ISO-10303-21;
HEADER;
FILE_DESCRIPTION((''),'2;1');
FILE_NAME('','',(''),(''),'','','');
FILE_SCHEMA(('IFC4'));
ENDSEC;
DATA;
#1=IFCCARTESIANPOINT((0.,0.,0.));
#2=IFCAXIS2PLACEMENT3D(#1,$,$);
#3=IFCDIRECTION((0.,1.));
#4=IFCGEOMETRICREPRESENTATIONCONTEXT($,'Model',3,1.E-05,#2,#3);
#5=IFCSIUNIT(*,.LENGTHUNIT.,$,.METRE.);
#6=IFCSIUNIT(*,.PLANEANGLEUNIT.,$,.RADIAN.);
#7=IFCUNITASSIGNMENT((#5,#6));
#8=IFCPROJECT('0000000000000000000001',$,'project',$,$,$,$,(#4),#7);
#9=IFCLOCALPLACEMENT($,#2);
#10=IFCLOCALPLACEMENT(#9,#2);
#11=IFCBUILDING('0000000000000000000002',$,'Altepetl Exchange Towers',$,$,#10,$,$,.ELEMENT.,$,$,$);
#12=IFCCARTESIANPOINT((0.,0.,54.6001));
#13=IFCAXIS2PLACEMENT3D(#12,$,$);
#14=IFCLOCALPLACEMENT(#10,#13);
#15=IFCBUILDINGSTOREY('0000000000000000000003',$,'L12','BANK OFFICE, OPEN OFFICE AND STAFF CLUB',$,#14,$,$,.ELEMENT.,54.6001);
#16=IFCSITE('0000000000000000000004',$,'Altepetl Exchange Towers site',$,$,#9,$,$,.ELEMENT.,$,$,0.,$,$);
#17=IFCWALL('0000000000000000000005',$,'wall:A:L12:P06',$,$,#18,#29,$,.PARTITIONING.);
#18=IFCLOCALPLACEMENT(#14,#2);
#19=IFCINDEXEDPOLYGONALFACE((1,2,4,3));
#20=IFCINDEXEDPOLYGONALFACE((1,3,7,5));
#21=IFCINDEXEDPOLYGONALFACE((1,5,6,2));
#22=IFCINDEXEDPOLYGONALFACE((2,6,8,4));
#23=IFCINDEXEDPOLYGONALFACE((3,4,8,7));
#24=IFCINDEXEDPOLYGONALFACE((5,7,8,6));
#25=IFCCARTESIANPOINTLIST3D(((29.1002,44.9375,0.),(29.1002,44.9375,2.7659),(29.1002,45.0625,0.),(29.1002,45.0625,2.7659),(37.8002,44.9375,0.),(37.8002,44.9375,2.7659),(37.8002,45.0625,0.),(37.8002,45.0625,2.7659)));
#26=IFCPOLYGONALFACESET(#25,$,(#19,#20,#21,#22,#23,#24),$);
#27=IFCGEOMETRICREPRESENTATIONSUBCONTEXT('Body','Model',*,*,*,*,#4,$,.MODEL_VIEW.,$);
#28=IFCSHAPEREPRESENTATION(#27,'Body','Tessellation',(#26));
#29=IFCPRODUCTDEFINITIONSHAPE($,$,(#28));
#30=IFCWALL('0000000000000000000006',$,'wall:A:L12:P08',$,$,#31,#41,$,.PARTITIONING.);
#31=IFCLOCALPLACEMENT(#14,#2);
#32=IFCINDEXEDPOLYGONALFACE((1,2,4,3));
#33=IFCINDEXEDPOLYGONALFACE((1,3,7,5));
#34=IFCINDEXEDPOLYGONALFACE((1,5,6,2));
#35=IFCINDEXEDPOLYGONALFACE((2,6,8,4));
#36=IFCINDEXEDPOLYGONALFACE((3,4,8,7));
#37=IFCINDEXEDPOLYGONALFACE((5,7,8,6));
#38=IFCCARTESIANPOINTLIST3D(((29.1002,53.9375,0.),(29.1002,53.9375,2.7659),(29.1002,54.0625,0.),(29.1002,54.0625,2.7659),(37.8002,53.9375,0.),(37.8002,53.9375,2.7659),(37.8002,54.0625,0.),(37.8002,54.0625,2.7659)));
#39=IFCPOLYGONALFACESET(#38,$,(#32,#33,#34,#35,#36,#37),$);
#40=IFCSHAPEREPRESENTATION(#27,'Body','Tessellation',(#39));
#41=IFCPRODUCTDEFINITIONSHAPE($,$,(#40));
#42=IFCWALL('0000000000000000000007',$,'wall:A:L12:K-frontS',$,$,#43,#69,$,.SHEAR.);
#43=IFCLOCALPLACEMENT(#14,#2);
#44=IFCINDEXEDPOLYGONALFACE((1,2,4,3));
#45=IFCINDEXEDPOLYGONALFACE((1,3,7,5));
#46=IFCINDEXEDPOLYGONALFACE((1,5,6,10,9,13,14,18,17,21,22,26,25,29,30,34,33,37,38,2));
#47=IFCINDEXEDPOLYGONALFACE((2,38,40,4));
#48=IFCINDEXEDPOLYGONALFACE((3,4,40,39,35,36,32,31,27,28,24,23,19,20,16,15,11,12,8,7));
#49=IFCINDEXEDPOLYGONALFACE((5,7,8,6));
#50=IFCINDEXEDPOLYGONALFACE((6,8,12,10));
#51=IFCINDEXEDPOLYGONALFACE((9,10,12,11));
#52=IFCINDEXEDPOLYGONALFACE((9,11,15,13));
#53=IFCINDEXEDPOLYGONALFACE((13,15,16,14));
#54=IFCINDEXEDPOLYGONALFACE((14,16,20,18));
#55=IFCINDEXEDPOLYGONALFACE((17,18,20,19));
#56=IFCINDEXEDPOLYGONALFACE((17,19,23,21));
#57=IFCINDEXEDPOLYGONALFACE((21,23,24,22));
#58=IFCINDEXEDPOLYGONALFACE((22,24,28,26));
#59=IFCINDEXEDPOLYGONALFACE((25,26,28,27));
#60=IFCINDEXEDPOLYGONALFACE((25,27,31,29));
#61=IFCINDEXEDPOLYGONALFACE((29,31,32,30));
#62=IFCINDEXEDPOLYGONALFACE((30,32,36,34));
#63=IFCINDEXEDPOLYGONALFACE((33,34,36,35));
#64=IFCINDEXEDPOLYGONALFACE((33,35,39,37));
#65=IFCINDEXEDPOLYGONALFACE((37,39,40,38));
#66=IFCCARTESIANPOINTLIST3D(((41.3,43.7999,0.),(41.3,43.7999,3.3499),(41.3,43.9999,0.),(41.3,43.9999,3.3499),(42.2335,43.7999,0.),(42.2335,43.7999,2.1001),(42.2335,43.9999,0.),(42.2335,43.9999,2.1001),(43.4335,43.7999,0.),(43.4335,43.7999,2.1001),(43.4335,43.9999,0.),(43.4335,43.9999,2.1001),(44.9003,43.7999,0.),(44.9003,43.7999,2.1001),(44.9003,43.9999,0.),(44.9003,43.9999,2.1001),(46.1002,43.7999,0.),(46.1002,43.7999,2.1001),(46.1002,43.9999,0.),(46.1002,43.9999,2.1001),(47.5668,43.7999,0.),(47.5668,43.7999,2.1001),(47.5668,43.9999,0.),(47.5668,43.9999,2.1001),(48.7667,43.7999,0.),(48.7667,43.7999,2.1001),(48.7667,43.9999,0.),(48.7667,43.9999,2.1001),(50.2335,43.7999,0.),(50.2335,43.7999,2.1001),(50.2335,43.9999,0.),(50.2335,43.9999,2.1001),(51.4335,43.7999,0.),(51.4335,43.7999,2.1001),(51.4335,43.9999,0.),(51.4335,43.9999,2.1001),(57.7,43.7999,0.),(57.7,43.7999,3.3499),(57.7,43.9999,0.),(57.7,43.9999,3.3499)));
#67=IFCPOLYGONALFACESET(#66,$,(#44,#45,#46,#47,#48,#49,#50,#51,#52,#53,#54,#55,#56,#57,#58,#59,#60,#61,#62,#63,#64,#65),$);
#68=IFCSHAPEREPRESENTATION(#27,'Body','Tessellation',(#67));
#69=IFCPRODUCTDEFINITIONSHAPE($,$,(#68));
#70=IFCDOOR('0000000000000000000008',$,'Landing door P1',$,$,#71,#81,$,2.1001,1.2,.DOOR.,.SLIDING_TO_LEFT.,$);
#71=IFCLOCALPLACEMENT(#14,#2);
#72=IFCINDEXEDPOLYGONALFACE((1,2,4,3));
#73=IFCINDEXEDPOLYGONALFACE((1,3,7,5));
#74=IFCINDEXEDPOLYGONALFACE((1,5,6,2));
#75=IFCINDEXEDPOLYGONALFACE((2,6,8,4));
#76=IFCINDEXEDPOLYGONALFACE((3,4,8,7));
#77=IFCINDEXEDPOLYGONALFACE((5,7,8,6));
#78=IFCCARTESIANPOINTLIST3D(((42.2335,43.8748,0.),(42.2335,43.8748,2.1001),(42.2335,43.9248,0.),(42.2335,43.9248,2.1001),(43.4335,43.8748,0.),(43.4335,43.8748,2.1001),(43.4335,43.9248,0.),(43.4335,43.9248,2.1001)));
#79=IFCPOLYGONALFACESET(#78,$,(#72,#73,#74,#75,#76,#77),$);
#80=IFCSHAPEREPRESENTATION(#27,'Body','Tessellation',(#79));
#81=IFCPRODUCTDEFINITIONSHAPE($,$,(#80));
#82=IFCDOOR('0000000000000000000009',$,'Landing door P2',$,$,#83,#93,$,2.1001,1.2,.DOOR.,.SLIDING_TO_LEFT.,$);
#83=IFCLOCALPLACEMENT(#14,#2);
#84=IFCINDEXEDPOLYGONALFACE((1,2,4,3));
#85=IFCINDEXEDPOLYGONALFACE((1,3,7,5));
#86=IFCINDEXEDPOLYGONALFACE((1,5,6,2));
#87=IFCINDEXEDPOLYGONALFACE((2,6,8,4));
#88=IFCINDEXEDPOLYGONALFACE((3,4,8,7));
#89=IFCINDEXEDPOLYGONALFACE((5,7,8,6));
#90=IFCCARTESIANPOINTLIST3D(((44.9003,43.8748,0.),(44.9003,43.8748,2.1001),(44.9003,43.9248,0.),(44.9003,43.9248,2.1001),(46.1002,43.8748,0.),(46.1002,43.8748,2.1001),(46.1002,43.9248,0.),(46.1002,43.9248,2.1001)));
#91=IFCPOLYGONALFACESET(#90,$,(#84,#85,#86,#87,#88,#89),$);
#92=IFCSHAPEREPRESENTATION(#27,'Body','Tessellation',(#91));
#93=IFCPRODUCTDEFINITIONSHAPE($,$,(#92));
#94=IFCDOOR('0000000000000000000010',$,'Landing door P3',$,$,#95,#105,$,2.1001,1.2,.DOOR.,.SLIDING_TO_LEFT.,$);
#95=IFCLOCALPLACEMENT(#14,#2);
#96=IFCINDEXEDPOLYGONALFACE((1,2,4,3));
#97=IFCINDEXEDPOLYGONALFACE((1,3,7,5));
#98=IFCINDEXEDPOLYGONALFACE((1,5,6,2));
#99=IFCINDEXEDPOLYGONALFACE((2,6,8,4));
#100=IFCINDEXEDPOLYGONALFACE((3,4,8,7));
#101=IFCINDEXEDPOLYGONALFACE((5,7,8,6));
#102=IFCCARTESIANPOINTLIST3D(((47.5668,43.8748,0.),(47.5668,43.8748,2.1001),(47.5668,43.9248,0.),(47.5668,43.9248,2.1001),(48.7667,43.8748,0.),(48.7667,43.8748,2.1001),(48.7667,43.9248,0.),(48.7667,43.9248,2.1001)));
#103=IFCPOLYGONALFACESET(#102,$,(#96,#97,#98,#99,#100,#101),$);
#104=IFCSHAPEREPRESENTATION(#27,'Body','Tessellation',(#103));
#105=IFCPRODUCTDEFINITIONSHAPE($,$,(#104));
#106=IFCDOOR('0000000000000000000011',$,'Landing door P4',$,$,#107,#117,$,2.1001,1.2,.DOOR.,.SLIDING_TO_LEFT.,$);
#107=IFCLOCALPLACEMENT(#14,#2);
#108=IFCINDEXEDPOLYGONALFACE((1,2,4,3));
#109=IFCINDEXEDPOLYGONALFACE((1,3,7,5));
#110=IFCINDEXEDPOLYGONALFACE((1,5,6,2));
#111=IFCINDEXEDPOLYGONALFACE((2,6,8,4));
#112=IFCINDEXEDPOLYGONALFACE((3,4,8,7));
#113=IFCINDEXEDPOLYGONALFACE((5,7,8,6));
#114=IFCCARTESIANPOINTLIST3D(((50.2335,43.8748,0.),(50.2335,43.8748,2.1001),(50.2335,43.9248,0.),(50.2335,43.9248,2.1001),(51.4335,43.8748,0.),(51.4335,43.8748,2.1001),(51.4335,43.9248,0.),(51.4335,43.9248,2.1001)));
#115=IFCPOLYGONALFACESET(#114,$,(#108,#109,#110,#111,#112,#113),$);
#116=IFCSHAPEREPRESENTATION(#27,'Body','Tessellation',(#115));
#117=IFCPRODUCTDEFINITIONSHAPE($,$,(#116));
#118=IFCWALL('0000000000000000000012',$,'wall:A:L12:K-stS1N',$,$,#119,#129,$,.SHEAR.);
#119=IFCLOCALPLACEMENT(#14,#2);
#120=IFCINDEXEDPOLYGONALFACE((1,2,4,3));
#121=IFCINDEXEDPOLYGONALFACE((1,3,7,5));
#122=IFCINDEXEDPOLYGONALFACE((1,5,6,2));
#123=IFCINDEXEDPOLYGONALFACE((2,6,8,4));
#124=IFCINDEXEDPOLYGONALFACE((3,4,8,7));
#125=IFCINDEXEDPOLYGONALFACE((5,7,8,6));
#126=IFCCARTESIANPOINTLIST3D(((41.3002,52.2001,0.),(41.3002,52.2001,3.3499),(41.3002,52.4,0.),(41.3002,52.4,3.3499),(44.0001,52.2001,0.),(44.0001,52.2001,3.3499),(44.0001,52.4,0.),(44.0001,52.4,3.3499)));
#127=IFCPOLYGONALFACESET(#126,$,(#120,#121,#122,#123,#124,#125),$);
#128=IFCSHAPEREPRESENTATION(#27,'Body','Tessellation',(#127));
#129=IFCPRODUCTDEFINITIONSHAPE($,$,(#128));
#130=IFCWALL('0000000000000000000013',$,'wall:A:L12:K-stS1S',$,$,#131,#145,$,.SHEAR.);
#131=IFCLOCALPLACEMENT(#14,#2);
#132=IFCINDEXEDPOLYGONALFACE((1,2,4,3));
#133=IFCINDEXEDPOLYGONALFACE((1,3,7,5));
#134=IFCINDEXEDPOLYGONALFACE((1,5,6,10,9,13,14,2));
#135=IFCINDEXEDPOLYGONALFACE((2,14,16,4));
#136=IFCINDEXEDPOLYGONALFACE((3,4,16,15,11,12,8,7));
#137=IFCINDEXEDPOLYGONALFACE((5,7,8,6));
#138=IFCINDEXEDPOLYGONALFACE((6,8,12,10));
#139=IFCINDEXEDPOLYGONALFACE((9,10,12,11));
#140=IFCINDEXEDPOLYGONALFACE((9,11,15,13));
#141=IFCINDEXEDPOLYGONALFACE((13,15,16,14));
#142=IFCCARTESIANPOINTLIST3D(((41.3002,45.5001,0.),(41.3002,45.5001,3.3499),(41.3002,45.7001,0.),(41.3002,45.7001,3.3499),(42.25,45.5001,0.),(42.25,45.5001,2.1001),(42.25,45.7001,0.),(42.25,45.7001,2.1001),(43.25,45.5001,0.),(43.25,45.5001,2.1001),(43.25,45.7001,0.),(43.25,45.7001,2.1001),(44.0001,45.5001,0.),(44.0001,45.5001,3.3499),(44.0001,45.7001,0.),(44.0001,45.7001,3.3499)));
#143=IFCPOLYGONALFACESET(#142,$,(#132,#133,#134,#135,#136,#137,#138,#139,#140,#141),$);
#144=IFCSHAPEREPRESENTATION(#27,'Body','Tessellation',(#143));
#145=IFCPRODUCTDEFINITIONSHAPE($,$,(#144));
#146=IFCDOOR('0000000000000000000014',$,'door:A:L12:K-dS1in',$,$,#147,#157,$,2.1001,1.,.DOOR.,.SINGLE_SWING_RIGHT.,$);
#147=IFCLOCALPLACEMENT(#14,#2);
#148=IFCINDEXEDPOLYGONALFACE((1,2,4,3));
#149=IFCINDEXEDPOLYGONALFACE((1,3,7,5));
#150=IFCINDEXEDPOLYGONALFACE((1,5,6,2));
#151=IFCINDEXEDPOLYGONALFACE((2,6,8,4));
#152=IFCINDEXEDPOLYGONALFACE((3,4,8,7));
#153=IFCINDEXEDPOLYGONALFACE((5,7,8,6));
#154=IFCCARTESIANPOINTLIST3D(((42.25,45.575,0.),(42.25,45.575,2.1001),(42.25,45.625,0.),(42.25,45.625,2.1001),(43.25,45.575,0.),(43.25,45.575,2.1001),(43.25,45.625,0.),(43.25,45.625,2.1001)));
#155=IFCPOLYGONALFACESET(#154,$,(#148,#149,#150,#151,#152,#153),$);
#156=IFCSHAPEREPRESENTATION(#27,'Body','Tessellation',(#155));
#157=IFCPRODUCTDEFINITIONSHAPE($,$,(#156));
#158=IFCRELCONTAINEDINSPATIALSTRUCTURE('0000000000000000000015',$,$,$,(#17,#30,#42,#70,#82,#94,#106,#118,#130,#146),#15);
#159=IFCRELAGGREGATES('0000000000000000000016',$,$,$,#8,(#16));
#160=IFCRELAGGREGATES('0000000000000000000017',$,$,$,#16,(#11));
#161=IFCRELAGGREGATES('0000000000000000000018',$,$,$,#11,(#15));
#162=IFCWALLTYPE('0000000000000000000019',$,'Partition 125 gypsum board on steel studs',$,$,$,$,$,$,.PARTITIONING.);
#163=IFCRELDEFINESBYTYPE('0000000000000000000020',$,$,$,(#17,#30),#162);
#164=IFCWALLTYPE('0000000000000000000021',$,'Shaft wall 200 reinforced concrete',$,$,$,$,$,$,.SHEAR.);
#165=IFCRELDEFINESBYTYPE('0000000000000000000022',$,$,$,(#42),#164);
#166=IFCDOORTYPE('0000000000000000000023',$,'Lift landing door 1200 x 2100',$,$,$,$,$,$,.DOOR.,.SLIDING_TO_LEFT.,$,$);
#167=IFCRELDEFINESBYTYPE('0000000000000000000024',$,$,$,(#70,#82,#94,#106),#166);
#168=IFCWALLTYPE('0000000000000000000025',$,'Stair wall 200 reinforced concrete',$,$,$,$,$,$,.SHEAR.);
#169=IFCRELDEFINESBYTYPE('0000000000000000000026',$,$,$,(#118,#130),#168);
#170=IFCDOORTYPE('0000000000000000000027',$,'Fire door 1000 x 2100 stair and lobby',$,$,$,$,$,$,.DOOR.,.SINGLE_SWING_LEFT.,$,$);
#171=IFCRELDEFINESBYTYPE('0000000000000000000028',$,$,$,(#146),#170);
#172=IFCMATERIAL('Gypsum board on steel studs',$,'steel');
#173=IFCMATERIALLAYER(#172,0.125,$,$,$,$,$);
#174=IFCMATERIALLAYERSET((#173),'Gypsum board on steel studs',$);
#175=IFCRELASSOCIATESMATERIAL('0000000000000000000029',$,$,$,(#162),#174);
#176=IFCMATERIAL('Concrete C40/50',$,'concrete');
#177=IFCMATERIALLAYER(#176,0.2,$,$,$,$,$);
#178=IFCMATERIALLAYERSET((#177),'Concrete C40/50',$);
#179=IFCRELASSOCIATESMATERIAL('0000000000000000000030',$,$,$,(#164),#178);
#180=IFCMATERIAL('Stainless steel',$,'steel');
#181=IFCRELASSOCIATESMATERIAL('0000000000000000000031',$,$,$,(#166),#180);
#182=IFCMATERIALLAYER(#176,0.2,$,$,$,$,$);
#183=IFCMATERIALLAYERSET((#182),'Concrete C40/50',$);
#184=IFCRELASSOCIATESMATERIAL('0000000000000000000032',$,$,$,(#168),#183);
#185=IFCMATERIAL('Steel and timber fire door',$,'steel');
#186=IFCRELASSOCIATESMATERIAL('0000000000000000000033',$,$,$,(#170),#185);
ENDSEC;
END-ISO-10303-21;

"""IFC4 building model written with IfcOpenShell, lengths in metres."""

from ifc_helpers import new_model, si_unit, direction, frame, frame_2d, origin, place, context, subcontext, project, spatial, rectangle, extrude, material, layer, layer_set, type_object, element, fill, save


model = new_model("IFC4")

# Units and contexts
model_context = context("Model", 3, precision=1e-05, world=origin(), true_north=direction((0.0, 1.0)))
body_context = subcontext(model_context, "Body", "Model", "MODEL_VIEW")
ifc_project = project(units=[si_unit("LENGTHUNIT", "METRE"), si_unit("PLANEANGLEUNIT", "RADIAN")], contexts=[model_context])

# Site, building, storey
site_placement = place(None, origin())
site = spatial("IfcSite", under=ifc_project, at=site_placement, Name="Altepetl Exchange Towers site", CompositionType="ELEMENT", RefElevation=0.0)
building_placement = place(site_placement, origin())
building = spatial("IfcBuilding", under=site, at=building_placement, Name="Altepetl Exchange Towers", CompositionType="ELEMENT")
storey_placement = place(building_placement, frame((0.0, 0.0, 54.6001)))
storey = spatial("IfcBuildingStorey", under=building, at=storey_placement, Name="L12", Description="BANK OFFICE, OPEN OFFICE AND STAFF CLUB", CompositionType="ELEMENT", Elevation=54.6001)

# Walls
ifc_material_1 = material(Name="Gypsum board on steel studs", Category="steel")
ifc_layer_1 = layer(ifc_material_1, 0.125)
ifc_layer_set_1 = layer_set([ifc_layer_1], Name="Gypsum board on steel studs")
wall_type_1 = type_object("IfcWallType", Name="Partition 125 gypsum board on steel studs", PredefinedType="PARTITIONING", material=ifc_layer_set_1)
for number, where, name in (
    (1, (29.1001, 45.0, 0.0), "wall:A:L12:P06"),
    (2, (29.1001, 54.0, 0.0), "wall:A:L12:P08"),
):
    element("IfcWall", number, at=place(storey_placement, frame(where)), inside=storey, type_object=wall_type_1, Name=name, PredefinedType="PARTITIONING", context=body_context, shape_type="SweptSolid", body=[
        extrude(rectangle(XDim=8.7, YDim=0.125, at=frame_2d((4.3501, 0.0))), origin(), (0.0, 0.0, 1.0), 2.7659),
    ])

# Wall, openings, doors
ifc_material_2 = material(Name="Concrete C40/50", Category="concrete")
ifc_layer_2 = layer(ifc_material_2, 0.2)
ifc_layer_set_2 = layer_set([ifc_layer_2], Name="Concrete C40/50")
wall_type_2 = type_object("IfcWallType", Name="Shaft wall 200 reinforced concrete", PredefinedType="SHEAR", material=ifc_layer_set_2)
wall_1_placement = place(storey_placement, frame((41.3, 43.8999, 0.0)))
wall_1 = element("IfcWall", 3, at=wall_1_placement, inside=storey, type_object=wall_type_2, Name="wall:A:L12:K-frontS", PredefinedType="SHEAR", context=body_context, shape_type="SweptSolid", body=[
    extrude(rectangle(XDim=16.3999, YDim=0.2, at=frame_2d((8.2, 0.0))), origin(), (0.0, 0.0, 1.0), 3.3499),
])
opening_1_placement = place(wall_1_placement, frame((0.9333, 0.0, 0.0)))
opening_1 = element("IfcOpeningElement", 4, at=opening_1_placement, cuts=wall_1, PredefinedType="OPENING", context=body_context, shape_type="SweptSolid", body=[
    extrude(rectangle(XDim=1.2, YDim=2.1001, at=frame_2d((0.6001, 1.05))), frame((0.0, 0.1099, 0.0), z_axis=(0.0, -1.0, 0.0), x_axis=(1.0, 0.0, 0.0)), (0.0, 0.0, 1.0), 0.22),
])
opening_2_placement = place(wall_1_placement, frame((3.6001, 0.0, 0.0)))
opening_2 = element("IfcOpeningElement", 5, at=opening_2_placement, cuts=wall_1, PredefinedType="OPENING", context=body_context, shape_type="SweptSolid", body=[
    extrude(rectangle(XDim=1.2, YDim=2.1001, at=frame_2d((0.6001, 1.05))), frame((0.0, 0.1099, 0.0), z_axis=(0.0, -1.0, 0.0), x_axis=(1.0, 0.0, 0.0)), (0.0, 0.0, 1.0), 0.22),
])
opening_3_placement = place(wall_1_placement, frame((6.2666, 0.0, 0.0)))
opening_3 = element("IfcOpeningElement", 6, at=opening_3_placement, cuts=wall_1, PredefinedType="OPENING", context=body_context, shape_type="SweptSolid", body=[
    extrude(rectangle(XDim=1.2, YDim=2.1001, at=frame_2d((0.6001, 1.05))), frame((0.0, 0.1099, 0.0), z_axis=(0.0, -1.0, 0.0), x_axis=(1.0, 0.0, 0.0)), (0.0, 0.0, 1.0), 0.22),
])
opening_4_placement = place(wall_1_placement, frame((8.9333, 0.0, 0.0)))
opening_4 = element("IfcOpeningElement", 7, at=opening_4_placement, cuts=wall_1, PredefinedType="OPENING", context=body_context, shape_type="SweptSolid", body=[
    extrude(rectangle(XDim=1.2, YDim=2.1001, at=frame_2d((0.6001, 1.05))), frame((0.0, 0.1099, 0.0), z_axis=(0.0, -1.0, 0.0), x_axis=(1.0, 0.0, 0.0)), (0.0, 0.0, 1.0), 0.22),
])
ifc_material_3 = material(Name="Stainless steel", Category="steel")
door_type_1 = type_object("IfcDoorType", Name="Lift landing door 1200 x 2100", OperationType="SLIDING_TO_LEFT", PredefinedType="DOOR", material=ifc_material_3)
door_1_placement = place(opening_1_placement, origin())
door_1 = element("IfcDoor", 8, at=door_1_placement, inside=storey, type_object=door_type_1, Name="Landing door P1", OperationType="SLIDING_TO_LEFT", OverallHeight=2.1001, OverallWidth=1.2, PredefinedType="DOOR", context=body_context, shape_type="SweptSolid", body=[
    extrude(rectangle(XDim=1.2, YDim=2.1001, at=frame_2d((0.6001, 1.05))), frame((0.0, 0.0249, 0.0), z_axis=(0.0, -1.0, 0.0), x_axis=(1.0, 0.0, 0.0)), (0.0, 0.0, 1.0), 0.05),
])
fill(opening_1, door_1)
door_2_placement = place(opening_2_placement, origin())
door_2 = element("IfcDoor", 9, at=door_2_placement, inside=storey, type_object=door_type_1, Name="Landing door P2", OperationType="SLIDING_TO_LEFT", OverallHeight=2.1001, OverallWidth=1.2, PredefinedType="DOOR", context=body_context, shape_type="SweptSolid", body=[
    extrude(rectangle(XDim=1.2, YDim=2.1001, at=frame_2d((0.6001, 1.05))), frame((0.0, 0.0249, 0.0), z_axis=(0.0, -1.0, 0.0), x_axis=(1.0, 0.0, 0.0)), (0.0, 0.0, 1.0), 0.05),
])
fill(opening_2, door_2)
door_3_placement = place(opening_3_placement, origin())
door_3 = element("IfcDoor", 10, at=door_3_placement, inside=storey, type_object=door_type_1, Name="Landing door P3", OperationType="SLIDING_TO_LEFT", OverallHeight=2.1001, OverallWidth=1.2, PredefinedType="DOOR", context=body_context, shape_type="SweptSolid", body=[
    extrude(rectangle(XDim=1.2, YDim=2.1001, at=frame_2d((0.6001, 1.05))), frame((0.0, 0.0249, 0.0), z_axis=(0.0, -1.0, 0.0), x_axis=(1.0, 0.0, 0.0)), (0.0, 0.0, 1.0), 0.05),
])
fill(opening_3, door_3)
door_4_placement = place(opening_4_placement, origin())
door_4 = element("IfcDoor", 11, at=door_4_placement, inside=storey, type_object=door_type_1, Name="Landing door P4", OperationType="SLIDING_TO_LEFT", OverallHeight=2.1001, OverallWidth=1.2, PredefinedType="DOOR", context=body_context, shape_type="SweptSolid", body=[
    extrude(rectangle(XDim=1.2, YDim=2.1001, at=frame_2d((0.6001, 1.05))), frame((0.0, 0.0249, 0.0), z_axis=(0.0, -1.0, 0.0), x_axis=(1.0, 0.0, 0.0)), (0.0, 0.0, 1.0), 0.05),
])
fill(opening_4, door_4)

# Wall
ifc_layer_3 = layer(ifc_material_2, 0.2)
ifc_layer_set_3 = layer_set([ifc_layer_3], Name="Concrete C40/50")
wall_type_3 = type_object("IfcWallType", Name="Stair wall 200 reinforced concrete", PredefinedType="SHEAR", material=ifc_layer_set_3)
wall_2_placement = place(storey_placement, frame((41.3, 52.3, 0.0)))
element("IfcWall", 12, at=wall_2_placement, inside=storey, type_object=wall_type_3, Name="wall:A:L12:K-stS1N", PredefinedType="SHEAR", context=body_context, shape_type="SweptSolid", body=[
    extrude(rectangle(XDim=2.7, YDim=0.2, at=frame_2d((1.3501, 0.0))), origin(), (0.0, 0.0, 1.0), 3.3499),
])

# Wall, opening, door
wall_3_placement = place(storey_placement, frame((41.3, 45.6001, 0.0)))
wall_3 = element("IfcWall", 13, at=wall_3_placement, inside=storey, type_object=wall_type_3, Name="wall:A:L12:K-stS1S", PredefinedType="SHEAR", context=body_context, shape_type="SweptSolid", body=[
    extrude(rectangle(XDim=2.7, YDim=0.2, at=frame_2d((1.3501, 0.0))), origin(), (0.0, 0.0, 1.0), 3.3499),
])
opening_5_placement = place(wall_3_placement, frame((0.95, 0.0, 0.0)))
opening_5 = element("IfcOpeningElement", 14, at=opening_5_placement, cuts=wall_3, PredefinedType="OPENING", context=body_context, shape_type="SweptSolid", body=[
    extrude(rectangle(XDim=1.0, YDim=2.1001, at=frame_2d((0.5, 1.05))), frame((0.0, 0.1099, 0.0), z_axis=(0.0, -1.0, 0.0), x_axis=(1.0, 0.0, 0.0)), (0.0, 0.0, 1.0), 0.22),
])
ifc_material_4 = material(Name="Steel and timber fire door", Category="steel")
door_type_2 = type_object("IfcDoorType", Name="Fire door 1000 x 2100 stair and lobby", OperationType="SINGLE_SWING_LEFT", PredefinedType="DOOR", material=ifc_material_4)
door_5_placement = place(opening_5_placement, origin())
door_5 = element("IfcDoor", 15, at=door_5_placement, inside=storey, type_object=door_type_2, Name="door:A:L12:K-dS1in", OperationType="SINGLE_SWING_RIGHT", OverallHeight=2.1001, OverallWidth=1.0, PredefinedType="DOOR", context=body_context, shape_type="SweptSolid", body=[
    extrude(rectangle(XDim=1.0, YDim=2.1001, at=frame_2d((0.5, 1.05))), frame((0.0, 0.0249, 0.0), z_axis=(0.0, -1.0, 0.0), x_axis=(1.0, 0.0, 0.0)), (0.0, 0.0, 1.0), 0.05),
])
fill(opening_5, door_5)

save(model, "model.ifc")
